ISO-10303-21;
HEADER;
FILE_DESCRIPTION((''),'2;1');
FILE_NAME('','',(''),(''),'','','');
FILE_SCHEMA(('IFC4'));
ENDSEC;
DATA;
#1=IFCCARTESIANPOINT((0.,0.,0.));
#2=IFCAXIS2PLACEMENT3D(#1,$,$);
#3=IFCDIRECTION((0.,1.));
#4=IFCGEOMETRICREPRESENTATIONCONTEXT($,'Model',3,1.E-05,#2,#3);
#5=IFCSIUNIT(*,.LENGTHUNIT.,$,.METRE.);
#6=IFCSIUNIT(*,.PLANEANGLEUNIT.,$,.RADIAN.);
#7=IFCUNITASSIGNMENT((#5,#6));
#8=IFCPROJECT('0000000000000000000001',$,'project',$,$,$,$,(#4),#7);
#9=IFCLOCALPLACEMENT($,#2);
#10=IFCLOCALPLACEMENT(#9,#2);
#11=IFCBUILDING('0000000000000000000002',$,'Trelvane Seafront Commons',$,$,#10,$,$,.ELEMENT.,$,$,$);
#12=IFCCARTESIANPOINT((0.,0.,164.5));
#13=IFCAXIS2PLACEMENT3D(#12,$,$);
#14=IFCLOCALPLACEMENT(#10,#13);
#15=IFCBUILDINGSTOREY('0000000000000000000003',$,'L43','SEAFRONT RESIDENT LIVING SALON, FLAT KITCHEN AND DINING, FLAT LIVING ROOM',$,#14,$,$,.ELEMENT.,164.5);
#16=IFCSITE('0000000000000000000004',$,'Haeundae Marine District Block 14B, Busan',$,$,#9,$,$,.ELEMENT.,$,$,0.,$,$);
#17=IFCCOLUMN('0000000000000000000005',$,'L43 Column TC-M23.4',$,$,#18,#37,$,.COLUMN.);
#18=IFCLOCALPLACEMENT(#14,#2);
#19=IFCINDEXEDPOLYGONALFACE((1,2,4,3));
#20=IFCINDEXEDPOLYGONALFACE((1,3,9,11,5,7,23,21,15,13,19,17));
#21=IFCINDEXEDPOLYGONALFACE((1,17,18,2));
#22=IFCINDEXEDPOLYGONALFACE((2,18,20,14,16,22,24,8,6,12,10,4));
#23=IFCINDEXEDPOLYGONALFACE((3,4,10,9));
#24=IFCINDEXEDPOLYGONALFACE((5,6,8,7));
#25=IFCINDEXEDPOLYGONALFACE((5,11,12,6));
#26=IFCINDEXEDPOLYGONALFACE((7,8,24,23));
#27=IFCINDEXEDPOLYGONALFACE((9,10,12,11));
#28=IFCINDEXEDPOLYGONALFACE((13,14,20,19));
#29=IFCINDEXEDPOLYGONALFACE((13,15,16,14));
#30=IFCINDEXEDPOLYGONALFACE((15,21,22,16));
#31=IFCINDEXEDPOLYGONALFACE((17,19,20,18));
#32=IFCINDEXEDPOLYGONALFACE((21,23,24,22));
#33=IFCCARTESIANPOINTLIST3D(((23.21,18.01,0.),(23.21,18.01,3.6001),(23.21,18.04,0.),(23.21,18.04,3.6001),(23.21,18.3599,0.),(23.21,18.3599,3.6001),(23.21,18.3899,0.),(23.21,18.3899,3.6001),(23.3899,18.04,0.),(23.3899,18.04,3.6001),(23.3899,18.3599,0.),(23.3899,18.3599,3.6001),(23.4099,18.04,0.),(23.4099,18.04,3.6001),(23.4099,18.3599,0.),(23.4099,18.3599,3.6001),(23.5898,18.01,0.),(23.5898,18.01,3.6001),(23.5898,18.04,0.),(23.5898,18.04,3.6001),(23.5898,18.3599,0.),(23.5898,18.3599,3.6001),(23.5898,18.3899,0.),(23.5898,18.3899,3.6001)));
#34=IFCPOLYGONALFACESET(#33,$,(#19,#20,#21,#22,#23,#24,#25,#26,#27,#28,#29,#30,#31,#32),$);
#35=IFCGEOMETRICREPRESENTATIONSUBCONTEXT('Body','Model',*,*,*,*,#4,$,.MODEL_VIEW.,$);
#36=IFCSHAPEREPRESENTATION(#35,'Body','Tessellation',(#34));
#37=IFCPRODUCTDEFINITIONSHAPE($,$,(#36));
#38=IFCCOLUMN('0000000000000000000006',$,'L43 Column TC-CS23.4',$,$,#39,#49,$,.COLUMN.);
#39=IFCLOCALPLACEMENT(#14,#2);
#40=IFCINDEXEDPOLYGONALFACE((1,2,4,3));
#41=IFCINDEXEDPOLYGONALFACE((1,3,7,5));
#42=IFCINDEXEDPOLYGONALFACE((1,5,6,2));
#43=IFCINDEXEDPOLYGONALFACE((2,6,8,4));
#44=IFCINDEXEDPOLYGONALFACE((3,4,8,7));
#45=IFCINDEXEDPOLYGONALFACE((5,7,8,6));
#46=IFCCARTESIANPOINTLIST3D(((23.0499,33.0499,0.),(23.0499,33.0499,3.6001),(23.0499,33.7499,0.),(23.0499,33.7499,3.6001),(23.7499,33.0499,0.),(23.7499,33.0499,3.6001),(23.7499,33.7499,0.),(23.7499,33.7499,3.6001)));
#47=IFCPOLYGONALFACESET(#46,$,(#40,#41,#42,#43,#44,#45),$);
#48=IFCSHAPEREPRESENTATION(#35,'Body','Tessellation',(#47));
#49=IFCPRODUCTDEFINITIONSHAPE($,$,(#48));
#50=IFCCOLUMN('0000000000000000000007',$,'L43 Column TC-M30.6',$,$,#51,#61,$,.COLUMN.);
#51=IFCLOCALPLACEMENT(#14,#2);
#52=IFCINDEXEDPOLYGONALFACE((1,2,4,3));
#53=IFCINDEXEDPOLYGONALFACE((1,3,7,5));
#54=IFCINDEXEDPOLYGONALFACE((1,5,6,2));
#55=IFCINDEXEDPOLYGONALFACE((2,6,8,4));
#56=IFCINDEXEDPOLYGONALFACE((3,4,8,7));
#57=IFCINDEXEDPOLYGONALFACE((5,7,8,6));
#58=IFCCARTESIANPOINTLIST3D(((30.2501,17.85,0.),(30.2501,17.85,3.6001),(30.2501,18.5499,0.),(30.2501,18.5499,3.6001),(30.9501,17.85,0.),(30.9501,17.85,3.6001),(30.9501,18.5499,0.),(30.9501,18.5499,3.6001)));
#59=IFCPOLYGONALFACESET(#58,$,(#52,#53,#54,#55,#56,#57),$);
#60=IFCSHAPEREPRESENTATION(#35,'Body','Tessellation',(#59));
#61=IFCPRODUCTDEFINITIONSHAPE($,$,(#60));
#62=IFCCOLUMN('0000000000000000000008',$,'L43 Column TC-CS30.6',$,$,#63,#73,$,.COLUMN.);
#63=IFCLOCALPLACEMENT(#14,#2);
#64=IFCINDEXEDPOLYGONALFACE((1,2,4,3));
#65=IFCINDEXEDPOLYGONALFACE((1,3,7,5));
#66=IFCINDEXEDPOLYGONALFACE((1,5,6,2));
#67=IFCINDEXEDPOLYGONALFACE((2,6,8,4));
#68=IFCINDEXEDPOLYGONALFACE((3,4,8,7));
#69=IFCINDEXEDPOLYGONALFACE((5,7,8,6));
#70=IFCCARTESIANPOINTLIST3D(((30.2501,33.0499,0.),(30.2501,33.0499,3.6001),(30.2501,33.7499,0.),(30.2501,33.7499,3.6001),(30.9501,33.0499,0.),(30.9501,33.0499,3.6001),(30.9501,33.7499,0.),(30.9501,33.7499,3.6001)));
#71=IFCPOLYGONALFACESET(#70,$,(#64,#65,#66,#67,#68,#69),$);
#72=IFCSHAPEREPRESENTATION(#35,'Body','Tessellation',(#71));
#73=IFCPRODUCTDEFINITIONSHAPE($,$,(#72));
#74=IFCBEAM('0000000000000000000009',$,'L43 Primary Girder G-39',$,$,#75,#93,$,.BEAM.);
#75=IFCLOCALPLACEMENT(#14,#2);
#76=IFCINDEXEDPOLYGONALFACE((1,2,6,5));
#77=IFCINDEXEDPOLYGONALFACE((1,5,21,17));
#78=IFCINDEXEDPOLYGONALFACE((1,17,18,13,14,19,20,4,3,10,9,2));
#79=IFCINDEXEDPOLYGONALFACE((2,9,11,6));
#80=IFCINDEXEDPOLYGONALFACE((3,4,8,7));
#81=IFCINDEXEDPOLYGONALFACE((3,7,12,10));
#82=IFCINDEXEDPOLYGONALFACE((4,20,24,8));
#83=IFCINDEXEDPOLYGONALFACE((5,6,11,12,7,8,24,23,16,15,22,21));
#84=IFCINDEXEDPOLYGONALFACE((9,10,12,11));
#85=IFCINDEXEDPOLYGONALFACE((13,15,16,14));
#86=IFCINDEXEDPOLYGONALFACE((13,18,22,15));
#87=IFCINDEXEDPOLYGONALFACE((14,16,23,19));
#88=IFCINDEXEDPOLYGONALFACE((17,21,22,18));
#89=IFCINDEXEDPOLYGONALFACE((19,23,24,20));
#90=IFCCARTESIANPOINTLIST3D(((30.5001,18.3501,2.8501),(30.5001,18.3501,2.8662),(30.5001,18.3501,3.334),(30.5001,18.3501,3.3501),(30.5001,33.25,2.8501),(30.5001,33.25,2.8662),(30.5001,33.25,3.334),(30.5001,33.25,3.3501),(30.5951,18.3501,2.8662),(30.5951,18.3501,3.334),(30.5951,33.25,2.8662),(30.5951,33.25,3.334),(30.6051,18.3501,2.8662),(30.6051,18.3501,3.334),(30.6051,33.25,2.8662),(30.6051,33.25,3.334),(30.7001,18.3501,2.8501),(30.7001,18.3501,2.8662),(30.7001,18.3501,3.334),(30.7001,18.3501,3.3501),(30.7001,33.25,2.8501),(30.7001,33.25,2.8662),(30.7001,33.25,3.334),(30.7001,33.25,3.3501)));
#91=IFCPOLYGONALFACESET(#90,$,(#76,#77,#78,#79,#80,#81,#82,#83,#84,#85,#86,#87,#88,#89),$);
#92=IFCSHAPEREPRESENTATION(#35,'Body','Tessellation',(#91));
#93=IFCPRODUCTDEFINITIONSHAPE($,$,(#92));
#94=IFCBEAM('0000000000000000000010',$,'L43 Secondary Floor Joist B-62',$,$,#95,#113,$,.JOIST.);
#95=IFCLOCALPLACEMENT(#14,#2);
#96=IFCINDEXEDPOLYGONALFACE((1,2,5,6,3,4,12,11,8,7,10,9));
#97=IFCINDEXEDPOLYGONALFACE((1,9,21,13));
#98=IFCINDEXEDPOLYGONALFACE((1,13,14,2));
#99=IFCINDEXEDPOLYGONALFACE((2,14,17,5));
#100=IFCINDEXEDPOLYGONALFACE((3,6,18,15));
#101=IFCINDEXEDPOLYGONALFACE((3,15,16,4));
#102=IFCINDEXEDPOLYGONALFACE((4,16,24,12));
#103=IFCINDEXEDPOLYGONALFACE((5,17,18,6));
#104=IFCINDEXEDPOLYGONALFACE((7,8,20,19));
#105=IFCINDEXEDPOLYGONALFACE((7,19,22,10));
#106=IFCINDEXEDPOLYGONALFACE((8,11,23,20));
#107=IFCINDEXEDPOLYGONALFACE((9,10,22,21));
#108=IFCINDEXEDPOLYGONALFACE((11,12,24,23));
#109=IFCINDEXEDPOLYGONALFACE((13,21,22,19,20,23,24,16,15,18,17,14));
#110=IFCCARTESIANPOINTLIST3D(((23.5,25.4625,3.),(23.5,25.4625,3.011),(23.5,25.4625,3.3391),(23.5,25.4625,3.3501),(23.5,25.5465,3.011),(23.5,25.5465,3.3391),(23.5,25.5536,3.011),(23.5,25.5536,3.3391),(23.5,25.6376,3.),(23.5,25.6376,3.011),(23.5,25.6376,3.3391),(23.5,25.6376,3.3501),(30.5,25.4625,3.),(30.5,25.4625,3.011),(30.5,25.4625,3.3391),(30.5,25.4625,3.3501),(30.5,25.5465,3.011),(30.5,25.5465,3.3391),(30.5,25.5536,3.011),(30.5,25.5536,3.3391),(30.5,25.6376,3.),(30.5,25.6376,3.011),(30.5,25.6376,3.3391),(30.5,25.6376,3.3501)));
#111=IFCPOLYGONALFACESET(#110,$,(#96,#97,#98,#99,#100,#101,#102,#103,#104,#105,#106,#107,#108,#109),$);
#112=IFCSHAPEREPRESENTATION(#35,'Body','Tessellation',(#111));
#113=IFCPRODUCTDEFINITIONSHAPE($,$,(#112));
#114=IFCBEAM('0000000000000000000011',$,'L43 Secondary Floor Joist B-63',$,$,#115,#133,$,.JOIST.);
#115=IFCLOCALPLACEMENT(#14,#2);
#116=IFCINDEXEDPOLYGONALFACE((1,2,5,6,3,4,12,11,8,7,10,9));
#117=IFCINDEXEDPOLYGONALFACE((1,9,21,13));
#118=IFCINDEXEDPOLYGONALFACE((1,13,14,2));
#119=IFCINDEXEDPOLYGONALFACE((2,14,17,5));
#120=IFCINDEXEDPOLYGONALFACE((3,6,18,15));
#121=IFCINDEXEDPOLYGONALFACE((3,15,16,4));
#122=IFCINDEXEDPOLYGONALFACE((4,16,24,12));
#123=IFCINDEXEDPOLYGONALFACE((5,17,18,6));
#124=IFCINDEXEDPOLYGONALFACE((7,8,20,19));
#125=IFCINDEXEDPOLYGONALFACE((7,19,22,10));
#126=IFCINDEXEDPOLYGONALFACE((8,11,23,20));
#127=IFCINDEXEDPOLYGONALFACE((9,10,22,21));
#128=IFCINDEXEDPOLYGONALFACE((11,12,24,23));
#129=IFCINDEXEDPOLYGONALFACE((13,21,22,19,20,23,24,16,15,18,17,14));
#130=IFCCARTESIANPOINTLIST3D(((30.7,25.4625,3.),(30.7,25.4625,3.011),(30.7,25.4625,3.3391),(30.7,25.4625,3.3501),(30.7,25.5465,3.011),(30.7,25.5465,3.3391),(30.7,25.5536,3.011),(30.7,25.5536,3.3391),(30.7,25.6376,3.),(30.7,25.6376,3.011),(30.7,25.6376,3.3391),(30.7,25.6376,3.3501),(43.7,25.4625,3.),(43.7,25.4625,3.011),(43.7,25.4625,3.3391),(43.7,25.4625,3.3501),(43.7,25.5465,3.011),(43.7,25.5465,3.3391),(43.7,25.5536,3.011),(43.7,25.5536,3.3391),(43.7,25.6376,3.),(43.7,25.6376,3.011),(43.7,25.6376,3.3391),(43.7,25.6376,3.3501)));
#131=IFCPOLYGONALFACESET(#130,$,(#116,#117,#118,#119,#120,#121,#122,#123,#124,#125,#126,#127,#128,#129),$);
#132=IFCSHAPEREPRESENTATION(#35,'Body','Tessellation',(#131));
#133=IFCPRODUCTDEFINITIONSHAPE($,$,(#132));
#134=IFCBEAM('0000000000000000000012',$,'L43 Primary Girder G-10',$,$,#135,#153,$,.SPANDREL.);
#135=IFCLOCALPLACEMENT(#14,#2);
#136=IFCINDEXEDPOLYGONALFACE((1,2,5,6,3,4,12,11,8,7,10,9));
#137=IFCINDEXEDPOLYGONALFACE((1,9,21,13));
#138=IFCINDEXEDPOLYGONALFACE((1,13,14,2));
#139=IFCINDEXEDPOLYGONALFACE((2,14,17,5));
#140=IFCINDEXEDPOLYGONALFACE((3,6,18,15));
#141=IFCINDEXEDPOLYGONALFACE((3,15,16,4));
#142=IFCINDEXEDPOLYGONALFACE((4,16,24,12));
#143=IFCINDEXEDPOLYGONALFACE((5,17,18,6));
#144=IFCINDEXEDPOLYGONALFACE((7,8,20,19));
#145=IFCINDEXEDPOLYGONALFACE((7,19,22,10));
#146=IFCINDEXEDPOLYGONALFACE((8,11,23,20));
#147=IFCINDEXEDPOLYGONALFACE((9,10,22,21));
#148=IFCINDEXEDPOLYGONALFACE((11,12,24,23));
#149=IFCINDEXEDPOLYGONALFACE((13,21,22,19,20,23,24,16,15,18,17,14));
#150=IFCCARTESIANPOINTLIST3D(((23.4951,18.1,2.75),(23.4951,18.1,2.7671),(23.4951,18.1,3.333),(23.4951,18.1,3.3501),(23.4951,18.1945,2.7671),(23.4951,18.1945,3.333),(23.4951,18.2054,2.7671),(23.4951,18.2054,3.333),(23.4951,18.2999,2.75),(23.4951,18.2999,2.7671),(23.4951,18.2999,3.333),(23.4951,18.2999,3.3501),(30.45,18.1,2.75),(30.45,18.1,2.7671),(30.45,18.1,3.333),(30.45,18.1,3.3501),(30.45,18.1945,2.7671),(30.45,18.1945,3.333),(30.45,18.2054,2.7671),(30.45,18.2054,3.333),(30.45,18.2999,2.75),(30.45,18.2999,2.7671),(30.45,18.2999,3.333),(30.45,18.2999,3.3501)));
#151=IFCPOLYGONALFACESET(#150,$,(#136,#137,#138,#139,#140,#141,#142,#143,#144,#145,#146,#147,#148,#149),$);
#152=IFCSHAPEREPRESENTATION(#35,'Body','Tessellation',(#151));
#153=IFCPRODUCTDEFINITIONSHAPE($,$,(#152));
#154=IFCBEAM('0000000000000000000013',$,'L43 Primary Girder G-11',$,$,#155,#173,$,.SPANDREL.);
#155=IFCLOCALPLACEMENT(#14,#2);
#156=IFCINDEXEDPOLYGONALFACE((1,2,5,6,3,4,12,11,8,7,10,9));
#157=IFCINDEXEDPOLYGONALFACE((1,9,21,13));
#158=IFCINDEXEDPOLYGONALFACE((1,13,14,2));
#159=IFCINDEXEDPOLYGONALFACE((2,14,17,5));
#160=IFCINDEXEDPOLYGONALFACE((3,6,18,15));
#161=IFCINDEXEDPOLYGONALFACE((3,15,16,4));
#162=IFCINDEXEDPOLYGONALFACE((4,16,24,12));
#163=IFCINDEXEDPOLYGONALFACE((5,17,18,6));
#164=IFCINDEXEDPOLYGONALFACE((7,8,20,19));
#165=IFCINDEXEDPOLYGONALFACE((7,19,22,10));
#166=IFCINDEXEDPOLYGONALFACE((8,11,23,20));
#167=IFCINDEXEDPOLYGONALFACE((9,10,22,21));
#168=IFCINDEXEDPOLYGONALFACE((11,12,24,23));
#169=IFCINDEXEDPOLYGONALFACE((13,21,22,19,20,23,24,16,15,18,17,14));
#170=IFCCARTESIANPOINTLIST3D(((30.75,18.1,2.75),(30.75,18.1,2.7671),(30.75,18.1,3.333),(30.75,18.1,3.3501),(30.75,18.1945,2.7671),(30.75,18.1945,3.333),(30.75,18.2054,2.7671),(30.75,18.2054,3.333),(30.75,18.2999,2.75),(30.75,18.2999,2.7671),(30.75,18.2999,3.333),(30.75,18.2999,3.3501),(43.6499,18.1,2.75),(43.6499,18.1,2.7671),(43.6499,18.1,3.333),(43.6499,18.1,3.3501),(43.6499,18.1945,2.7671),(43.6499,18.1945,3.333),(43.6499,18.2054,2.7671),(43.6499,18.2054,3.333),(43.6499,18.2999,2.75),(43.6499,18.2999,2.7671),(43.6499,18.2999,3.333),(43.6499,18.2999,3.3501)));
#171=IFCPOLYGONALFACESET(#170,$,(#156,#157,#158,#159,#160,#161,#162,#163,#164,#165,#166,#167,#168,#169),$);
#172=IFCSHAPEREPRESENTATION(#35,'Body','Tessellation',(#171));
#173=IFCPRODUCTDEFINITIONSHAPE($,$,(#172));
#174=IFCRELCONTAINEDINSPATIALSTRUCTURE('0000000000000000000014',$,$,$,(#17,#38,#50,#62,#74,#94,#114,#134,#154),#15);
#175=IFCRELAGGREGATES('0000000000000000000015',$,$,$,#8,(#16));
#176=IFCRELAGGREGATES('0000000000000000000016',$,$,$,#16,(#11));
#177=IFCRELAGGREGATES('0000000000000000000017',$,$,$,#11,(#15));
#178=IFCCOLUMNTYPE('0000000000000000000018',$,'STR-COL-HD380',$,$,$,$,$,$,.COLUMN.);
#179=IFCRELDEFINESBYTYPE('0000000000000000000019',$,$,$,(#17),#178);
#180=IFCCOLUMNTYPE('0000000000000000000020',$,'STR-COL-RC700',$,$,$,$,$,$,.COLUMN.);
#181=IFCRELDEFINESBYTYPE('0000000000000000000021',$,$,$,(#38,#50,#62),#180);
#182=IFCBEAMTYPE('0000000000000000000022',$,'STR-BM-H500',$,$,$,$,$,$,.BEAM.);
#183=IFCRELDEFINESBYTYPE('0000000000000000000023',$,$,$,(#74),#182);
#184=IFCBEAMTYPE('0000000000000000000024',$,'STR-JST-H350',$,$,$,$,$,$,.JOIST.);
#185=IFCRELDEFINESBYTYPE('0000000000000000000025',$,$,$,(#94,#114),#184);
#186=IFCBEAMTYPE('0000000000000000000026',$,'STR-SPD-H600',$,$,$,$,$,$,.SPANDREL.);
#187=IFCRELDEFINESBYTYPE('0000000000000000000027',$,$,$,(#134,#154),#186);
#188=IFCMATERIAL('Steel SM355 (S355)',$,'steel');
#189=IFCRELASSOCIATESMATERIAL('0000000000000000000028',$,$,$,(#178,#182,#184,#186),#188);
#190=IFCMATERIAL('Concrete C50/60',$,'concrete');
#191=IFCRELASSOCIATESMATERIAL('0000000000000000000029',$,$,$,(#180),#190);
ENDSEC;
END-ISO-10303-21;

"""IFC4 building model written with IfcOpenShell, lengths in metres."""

from ifc_helpers import new_model, si_unit, direction, frame, origin, origin_2d, place, context, subcontext, project, spatial, rectangle, i_section, extrude, source, transform, mapped, material, material_profile, profile_set, type_object, element, save


model = new_model("IFC4")

# Units and contexts
model_context = context("Model", 3, precision=1e-05, world=origin(), true_north=direction((0.0, 1.0)))
body_context = subcontext(model_context, "Body", "Model", "MODEL_VIEW")
ifc_project = project(units=[si_unit("LENGTHUNIT", "METRE"), si_unit("PLANEANGLEUNIT", "RADIAN")], contexts=[model_context])

# Site, building, storey
site_placement = place(None, origin())
site = spatial("IfcSite", under=ifc_project, at=site_placement, Name="Haeundae Marine District Block 14B, Busan", CompositionType="ELEMENT", RefElevation=0.0)
building_placement = place(site_placement, origin())
building = spatial("IfcBuilding", under=site, at=building_placement, Name="Trelvane Seafront Commons", CompositionType="ELEMENT")
storey_placement = place(building_placement, frame((0.0, 0.0, 164.5)))
storey = spatial("IfcBuildingStorey", under=building, at=storey_placement, Name="L43", Description="SEAFRONT RESIDENT LIVING SALON, FLAT KITCHEN AND DINING, FLAT LIVING ROOM", CompositionType="ELEMENT", Elevation=164.5)

# Columns
ifc_material_1 = material(Name="Steel SM355 (S355)", Category="steel")
ifc_material_profile_1 = material_profile(ifc_material_1, i_section(OverallWidth=0.3799, OverallDepth=0.3799, WebThickness=0.02, FlangeThickness=0.03, at=origin_2d()), Name="HD-380x380x20x30")
ifc_profile_set_1 = profile_set([ifc_material_profile_1], Name="Steel SM355 (S355)")
column_type_1 = type_object("IfcColumnType", Name="STR-COL-HD380", PredefinedType="COLUMN", material=ifc_profile_set_1)
shared_shape_1 = source(origin(), body_context, "Body", "SweptSolid", [
    extrude(i_section(OverallWidth=0.3799, OverallDepth=0.3799, WebThickness=0.02, FlangeThickness=0.03, at=origin_2d()), origin(), (0.0, 0.0, 1.0), 3.6001),
])
column_placement = place(storey_placement, frame((23.3999, 18.2, 0.0), z_axis=(0.0, 0.0, 1.0), x_axis=(1.0, 0.0, 0.0)))
element("IfcColumn", 1, at=column_placement, inside=storey, type_object=column_type_1, Name="L43 Column TC-M23.4", PredefinedType="COLUMN", context=body_context, shape_type="MappedRepresentation", body=[
    mapped(shared_shape_1, transform((0.0, 0.0, 0.0), x_axis=(1.0, 0.0, 0.0), y_axis=(0.0, 1.0, 0.0), z_axis=(0.0, 0.0, 1.0), scale=1.0)),
])
ifc_material_2 = material(Name="Concrete C50/60", Category="concrete")
ifc_material_profile_2 = material_profile(ifc_material_2, rectangle(XDim=0.7, YDim=0.7, at=origin_2d()), Name="RC-700x700")
ifc_profile_set_2 = profile_set([ifc_material_profile_2], Name="Concrete C50/60")
column_type_2 = type_object("IfcColumnType", Name="STR-COL-RC700", PredefinedType="COLUMN", material=ifc_profile_set_2)
shared_shape_2 = source(origin(), body_context, "Body", "SweptSolid", [
    extrude(rectangle(XDim=0.7, YDim=0.7, at=origin_2d()), origin(), (0.0, 0.0, 1.0), 3.6001),
])
for number, where, z_axis, x_axis, name in (
    (2, (23.3999, 33.3999, 0.0), (0.0, 0.0, 1.0), (1.0, 0.0, 0.0), "L43 Column TC-CS23.4"),
    (3, (30.6001, 18.2, 0.0), (0.0, 0.0, 1.0), (1.0, 0.0, 0.0), "L43 Column TC-M30.6"),
    (4, (30.6001, 33.3999, 0.0), (0.0, 0.0, 1.0), (1.0, 0.0, 0.0), "L43 Column TC-CS30.6"),
):
    element("IfcColumn", number, at=place(storey_placement, frame(where, z_axis=z_axis, x_axis=x_axis)), inside=storey, type_object=column_type_2, Name=name, PredefinedType="COLUMN", context=body_context, shape_type="MappedRepresentation", body=[
        mapped(shared_shape_2, transform((0.0, 0.0, 0.0), x_axis=(1.0, 0.0, 0.0), y_axis=(0.0, 1.0, 0.0), z_axis=(0.0, 0.0, 1.0), scale=1.0)),
    ])

# Beams
ifc_material_profile_3 = material_profile(ifc_material_1, i_section(OverallWidth=0.2, OverallDepth=0.5, WebThickness=0.01, FlangeThickness=0.0161, at=origin_2d()), Name="H-500x200x10x16")
ifc_profile_set_3 = profile_set([ifc_material_profile_3], Name="Steel SM355 (S355)")
beam_type_1 = type_object("IfcBeamType", Name="STR-BM-H500", PredefinedType="BEAM", material=ifc_profile_set_3)
shared_shape_3 = source(origin(), body_context, "Body", "SweptSolid", [
    extrude(i_section(OverallWidth=0.2, OverallDepth=0.5, WebThickness=0.01, FlangeThickness=0.0161, at=origin_2d()), origin(), (0.0, 0.0, 1.0), 14.8999),
])
beam_1_placement = place(storey_placement, frame((30.6001, 18.3501, 3.1001), z_axis=(0.0, 1.0, 0.0), x_axis=(-1.0, 0.0, 0.0)))
element("IfcBeam", 5, at=beam_1_placement, inside=storey, type_object=beam_type_1, Name="L43 Primary Girder G-39", PredefinedType="BEAM", context=body_context, shape_type="MappedRepresentation", body=[
    mapped(shared_shape_3, transform((0.0, 0.0, 0.0), x_axis=(1.0, 0.0, 0.0), y_axis=(0.0, 1.0, 0.0), z_axis=(0.0, 0.0, 1.0), scale=1.0)),
])
ifc_material_profile_4 = material_profile(ifc_material_1, i_section(OverallWidth=0.175, OverallDepth=0.3501, WebThickness=0.0071, FlangeThickness=0.011, at=origin_2d()), Name="H-350x175x7x11")
ifc_profile_set_4 = profile_set([ifc_material_profile_4], Name="Steel SM355 (S355)")
beam_type_2 = type_object("IfcBeamType", Name="STR-JST-H350", PredefinedType="JOIST", material=ifc_profile_set_4)
shared_shape_4 = source(origin(), body_context, "Body", "SweptSolid", [
    extrude(i_section(OverallWidth=0.175, OverallDepth=0.3501, WebThickness=0.0071, FlangeThickness=0.011, at=origin_2d()), origin(), (0.0, 0.0, 1.0), 7.0),
])
beam_2_placement = place(storey_placement, frame((23.5, 25.55, 3.175), z_axis=(1.0, 0.0, 0.0), x_axis=(0.0, 1.0, 0.0)))
element("IfcBeam", 6, at=beam_2_placement, inside=storey, type_object=beam_type_2, Name="L43 Secondary Floor Joist B-62", PredefinedType="JOIST", context=body_context, shape_type="MappedRepresentation", body=[
    mapped(shared_shape_4, transform((0.0, 0.0, 0.0), x_axis=(1.0, 0.0, 0.0), y_axis=(0.0, 1.0, 0.0), z_axis=(0.0, 0.0, 1.0), scale=1.0)),
])
shared_shape_5 = source(origin(), body_context, "Body", "SweptSolid", [
    extrude(i_section(OverallWidth=0.175, OverallDepth=0.3501, WebThickness=0.0071, FlangeThickness=0.011, at=origin_2d()), origin(), (0.0, 0.0, 1.0), 13.0),
])
beam_3_placement = place(storey_placement, frame((30.7, 25.55, 3.175), z_axis=(1.0, 0.0, 0.0), x_axis=(0.0, 1.0, 0.0)))
element("IfcBeam", 7, at=beam_3_placement, inside=storey, type_object=beam_type_2, Name="L43 Secondary Floor Joist B-63", PredefinedType="JOIST", context=body_context, shape_type="MappedRepresentation", body=[
    mapped(shared_shape_5, transform((0.0, 0.0, 0.0), x_axis=(1.0, 0.0, 0.0), y_axis=(0.0, 1.0, 0.0), z_axis=(0.0, 0.0, 1.0), scale=1.0)),
])
ifc_material_profile_5 = material_profile(ifc_material_1, i_section(OverallWidth=0.2, OverallDepth=0.6001, WebThickness=0.011, FlangeThickness=0.0171, at=origin_2d()), Name="H-600x200x11x17")
ifc_profile_set_5 = profile_set([ifc_material_profile_5], Name="Steel SM355 (S355)")
beam_type_3 = type_object("IfcBeamType", Name="STR-SPD-H600", PredefinedType="SPANDREL", material=ifc_profile_set_5)
shared_shape_6 = source(origin(), body_context, "Body", "SweptSolid", [
    extrude(i_section(OverallWidth=0.2, OverallDepth=0.6001, WebThickness=0.011, FlangeThickness=0.0171, at=origin_2d()), origin(), (0.0, 0.0, 1.0), 6.9548),
])
beam_4_placement = place(storey_placement, frame((23.4951, 18.2, 3.05), z_axis=(1.0, 0.0, 0.0), x_axis=(0.0, 1.0, 0.0)))
element("IfcBeam", 8, at=beam_4_placement, inside=storey, type_object=beam_type_3, Name="L43 Primary Girder G-10", PredefinedType="SPANDREL", context=body_context, shape_type="MappedRepresentation", body=[
    mapped(shared_shape_6, transform((0.0, 0.0, 0.0), x_axis=(1.0, 0.0, 0.0), y_axis=(0.0, 1.0, 0.0), z_axis=(0.0, 0.0, 1.0), scale=1.0)),
])
shared_shape_7 = source(origin(), body_context, "Body", "SweptSolid", [
    extrude(i_section(OverallWidth=0.2, OverallDepth=0.6001, WebThickness=0.011, FlangeThickness=0.0171, at=origin_2d()), origin(), (0.0, 0.0, 1.0), 12.8999),
])
for number, where, z_axis, x_axis, name in (
    (9, (30.75, 18.2, 3.05), (1.0, 0.0, 0.0), (0.0, 1.0, 0.0), "L43 Primary Girder G-11"),
):
    element("IfcBeam", number, at=place(storey_placement, frame(where, z_axis=z_axis, x_axis=x_axis)), inside=storey, type_object=beam_type_3, Name=name, PredefinedType="SPANDREL", context=body_context, shape_type="MappedRepresentation", body=[
        mapped(shared_shape_7, transform((0.0, 0.0, 0.0), x_axis=(1.0, 0.0, 0.0), y_axis=(0.0, 1.0, 0.0), z_axis=(0.0, 0.0, 1.0), scale=1.0)),
    ])

save(model, "model.ifc")
